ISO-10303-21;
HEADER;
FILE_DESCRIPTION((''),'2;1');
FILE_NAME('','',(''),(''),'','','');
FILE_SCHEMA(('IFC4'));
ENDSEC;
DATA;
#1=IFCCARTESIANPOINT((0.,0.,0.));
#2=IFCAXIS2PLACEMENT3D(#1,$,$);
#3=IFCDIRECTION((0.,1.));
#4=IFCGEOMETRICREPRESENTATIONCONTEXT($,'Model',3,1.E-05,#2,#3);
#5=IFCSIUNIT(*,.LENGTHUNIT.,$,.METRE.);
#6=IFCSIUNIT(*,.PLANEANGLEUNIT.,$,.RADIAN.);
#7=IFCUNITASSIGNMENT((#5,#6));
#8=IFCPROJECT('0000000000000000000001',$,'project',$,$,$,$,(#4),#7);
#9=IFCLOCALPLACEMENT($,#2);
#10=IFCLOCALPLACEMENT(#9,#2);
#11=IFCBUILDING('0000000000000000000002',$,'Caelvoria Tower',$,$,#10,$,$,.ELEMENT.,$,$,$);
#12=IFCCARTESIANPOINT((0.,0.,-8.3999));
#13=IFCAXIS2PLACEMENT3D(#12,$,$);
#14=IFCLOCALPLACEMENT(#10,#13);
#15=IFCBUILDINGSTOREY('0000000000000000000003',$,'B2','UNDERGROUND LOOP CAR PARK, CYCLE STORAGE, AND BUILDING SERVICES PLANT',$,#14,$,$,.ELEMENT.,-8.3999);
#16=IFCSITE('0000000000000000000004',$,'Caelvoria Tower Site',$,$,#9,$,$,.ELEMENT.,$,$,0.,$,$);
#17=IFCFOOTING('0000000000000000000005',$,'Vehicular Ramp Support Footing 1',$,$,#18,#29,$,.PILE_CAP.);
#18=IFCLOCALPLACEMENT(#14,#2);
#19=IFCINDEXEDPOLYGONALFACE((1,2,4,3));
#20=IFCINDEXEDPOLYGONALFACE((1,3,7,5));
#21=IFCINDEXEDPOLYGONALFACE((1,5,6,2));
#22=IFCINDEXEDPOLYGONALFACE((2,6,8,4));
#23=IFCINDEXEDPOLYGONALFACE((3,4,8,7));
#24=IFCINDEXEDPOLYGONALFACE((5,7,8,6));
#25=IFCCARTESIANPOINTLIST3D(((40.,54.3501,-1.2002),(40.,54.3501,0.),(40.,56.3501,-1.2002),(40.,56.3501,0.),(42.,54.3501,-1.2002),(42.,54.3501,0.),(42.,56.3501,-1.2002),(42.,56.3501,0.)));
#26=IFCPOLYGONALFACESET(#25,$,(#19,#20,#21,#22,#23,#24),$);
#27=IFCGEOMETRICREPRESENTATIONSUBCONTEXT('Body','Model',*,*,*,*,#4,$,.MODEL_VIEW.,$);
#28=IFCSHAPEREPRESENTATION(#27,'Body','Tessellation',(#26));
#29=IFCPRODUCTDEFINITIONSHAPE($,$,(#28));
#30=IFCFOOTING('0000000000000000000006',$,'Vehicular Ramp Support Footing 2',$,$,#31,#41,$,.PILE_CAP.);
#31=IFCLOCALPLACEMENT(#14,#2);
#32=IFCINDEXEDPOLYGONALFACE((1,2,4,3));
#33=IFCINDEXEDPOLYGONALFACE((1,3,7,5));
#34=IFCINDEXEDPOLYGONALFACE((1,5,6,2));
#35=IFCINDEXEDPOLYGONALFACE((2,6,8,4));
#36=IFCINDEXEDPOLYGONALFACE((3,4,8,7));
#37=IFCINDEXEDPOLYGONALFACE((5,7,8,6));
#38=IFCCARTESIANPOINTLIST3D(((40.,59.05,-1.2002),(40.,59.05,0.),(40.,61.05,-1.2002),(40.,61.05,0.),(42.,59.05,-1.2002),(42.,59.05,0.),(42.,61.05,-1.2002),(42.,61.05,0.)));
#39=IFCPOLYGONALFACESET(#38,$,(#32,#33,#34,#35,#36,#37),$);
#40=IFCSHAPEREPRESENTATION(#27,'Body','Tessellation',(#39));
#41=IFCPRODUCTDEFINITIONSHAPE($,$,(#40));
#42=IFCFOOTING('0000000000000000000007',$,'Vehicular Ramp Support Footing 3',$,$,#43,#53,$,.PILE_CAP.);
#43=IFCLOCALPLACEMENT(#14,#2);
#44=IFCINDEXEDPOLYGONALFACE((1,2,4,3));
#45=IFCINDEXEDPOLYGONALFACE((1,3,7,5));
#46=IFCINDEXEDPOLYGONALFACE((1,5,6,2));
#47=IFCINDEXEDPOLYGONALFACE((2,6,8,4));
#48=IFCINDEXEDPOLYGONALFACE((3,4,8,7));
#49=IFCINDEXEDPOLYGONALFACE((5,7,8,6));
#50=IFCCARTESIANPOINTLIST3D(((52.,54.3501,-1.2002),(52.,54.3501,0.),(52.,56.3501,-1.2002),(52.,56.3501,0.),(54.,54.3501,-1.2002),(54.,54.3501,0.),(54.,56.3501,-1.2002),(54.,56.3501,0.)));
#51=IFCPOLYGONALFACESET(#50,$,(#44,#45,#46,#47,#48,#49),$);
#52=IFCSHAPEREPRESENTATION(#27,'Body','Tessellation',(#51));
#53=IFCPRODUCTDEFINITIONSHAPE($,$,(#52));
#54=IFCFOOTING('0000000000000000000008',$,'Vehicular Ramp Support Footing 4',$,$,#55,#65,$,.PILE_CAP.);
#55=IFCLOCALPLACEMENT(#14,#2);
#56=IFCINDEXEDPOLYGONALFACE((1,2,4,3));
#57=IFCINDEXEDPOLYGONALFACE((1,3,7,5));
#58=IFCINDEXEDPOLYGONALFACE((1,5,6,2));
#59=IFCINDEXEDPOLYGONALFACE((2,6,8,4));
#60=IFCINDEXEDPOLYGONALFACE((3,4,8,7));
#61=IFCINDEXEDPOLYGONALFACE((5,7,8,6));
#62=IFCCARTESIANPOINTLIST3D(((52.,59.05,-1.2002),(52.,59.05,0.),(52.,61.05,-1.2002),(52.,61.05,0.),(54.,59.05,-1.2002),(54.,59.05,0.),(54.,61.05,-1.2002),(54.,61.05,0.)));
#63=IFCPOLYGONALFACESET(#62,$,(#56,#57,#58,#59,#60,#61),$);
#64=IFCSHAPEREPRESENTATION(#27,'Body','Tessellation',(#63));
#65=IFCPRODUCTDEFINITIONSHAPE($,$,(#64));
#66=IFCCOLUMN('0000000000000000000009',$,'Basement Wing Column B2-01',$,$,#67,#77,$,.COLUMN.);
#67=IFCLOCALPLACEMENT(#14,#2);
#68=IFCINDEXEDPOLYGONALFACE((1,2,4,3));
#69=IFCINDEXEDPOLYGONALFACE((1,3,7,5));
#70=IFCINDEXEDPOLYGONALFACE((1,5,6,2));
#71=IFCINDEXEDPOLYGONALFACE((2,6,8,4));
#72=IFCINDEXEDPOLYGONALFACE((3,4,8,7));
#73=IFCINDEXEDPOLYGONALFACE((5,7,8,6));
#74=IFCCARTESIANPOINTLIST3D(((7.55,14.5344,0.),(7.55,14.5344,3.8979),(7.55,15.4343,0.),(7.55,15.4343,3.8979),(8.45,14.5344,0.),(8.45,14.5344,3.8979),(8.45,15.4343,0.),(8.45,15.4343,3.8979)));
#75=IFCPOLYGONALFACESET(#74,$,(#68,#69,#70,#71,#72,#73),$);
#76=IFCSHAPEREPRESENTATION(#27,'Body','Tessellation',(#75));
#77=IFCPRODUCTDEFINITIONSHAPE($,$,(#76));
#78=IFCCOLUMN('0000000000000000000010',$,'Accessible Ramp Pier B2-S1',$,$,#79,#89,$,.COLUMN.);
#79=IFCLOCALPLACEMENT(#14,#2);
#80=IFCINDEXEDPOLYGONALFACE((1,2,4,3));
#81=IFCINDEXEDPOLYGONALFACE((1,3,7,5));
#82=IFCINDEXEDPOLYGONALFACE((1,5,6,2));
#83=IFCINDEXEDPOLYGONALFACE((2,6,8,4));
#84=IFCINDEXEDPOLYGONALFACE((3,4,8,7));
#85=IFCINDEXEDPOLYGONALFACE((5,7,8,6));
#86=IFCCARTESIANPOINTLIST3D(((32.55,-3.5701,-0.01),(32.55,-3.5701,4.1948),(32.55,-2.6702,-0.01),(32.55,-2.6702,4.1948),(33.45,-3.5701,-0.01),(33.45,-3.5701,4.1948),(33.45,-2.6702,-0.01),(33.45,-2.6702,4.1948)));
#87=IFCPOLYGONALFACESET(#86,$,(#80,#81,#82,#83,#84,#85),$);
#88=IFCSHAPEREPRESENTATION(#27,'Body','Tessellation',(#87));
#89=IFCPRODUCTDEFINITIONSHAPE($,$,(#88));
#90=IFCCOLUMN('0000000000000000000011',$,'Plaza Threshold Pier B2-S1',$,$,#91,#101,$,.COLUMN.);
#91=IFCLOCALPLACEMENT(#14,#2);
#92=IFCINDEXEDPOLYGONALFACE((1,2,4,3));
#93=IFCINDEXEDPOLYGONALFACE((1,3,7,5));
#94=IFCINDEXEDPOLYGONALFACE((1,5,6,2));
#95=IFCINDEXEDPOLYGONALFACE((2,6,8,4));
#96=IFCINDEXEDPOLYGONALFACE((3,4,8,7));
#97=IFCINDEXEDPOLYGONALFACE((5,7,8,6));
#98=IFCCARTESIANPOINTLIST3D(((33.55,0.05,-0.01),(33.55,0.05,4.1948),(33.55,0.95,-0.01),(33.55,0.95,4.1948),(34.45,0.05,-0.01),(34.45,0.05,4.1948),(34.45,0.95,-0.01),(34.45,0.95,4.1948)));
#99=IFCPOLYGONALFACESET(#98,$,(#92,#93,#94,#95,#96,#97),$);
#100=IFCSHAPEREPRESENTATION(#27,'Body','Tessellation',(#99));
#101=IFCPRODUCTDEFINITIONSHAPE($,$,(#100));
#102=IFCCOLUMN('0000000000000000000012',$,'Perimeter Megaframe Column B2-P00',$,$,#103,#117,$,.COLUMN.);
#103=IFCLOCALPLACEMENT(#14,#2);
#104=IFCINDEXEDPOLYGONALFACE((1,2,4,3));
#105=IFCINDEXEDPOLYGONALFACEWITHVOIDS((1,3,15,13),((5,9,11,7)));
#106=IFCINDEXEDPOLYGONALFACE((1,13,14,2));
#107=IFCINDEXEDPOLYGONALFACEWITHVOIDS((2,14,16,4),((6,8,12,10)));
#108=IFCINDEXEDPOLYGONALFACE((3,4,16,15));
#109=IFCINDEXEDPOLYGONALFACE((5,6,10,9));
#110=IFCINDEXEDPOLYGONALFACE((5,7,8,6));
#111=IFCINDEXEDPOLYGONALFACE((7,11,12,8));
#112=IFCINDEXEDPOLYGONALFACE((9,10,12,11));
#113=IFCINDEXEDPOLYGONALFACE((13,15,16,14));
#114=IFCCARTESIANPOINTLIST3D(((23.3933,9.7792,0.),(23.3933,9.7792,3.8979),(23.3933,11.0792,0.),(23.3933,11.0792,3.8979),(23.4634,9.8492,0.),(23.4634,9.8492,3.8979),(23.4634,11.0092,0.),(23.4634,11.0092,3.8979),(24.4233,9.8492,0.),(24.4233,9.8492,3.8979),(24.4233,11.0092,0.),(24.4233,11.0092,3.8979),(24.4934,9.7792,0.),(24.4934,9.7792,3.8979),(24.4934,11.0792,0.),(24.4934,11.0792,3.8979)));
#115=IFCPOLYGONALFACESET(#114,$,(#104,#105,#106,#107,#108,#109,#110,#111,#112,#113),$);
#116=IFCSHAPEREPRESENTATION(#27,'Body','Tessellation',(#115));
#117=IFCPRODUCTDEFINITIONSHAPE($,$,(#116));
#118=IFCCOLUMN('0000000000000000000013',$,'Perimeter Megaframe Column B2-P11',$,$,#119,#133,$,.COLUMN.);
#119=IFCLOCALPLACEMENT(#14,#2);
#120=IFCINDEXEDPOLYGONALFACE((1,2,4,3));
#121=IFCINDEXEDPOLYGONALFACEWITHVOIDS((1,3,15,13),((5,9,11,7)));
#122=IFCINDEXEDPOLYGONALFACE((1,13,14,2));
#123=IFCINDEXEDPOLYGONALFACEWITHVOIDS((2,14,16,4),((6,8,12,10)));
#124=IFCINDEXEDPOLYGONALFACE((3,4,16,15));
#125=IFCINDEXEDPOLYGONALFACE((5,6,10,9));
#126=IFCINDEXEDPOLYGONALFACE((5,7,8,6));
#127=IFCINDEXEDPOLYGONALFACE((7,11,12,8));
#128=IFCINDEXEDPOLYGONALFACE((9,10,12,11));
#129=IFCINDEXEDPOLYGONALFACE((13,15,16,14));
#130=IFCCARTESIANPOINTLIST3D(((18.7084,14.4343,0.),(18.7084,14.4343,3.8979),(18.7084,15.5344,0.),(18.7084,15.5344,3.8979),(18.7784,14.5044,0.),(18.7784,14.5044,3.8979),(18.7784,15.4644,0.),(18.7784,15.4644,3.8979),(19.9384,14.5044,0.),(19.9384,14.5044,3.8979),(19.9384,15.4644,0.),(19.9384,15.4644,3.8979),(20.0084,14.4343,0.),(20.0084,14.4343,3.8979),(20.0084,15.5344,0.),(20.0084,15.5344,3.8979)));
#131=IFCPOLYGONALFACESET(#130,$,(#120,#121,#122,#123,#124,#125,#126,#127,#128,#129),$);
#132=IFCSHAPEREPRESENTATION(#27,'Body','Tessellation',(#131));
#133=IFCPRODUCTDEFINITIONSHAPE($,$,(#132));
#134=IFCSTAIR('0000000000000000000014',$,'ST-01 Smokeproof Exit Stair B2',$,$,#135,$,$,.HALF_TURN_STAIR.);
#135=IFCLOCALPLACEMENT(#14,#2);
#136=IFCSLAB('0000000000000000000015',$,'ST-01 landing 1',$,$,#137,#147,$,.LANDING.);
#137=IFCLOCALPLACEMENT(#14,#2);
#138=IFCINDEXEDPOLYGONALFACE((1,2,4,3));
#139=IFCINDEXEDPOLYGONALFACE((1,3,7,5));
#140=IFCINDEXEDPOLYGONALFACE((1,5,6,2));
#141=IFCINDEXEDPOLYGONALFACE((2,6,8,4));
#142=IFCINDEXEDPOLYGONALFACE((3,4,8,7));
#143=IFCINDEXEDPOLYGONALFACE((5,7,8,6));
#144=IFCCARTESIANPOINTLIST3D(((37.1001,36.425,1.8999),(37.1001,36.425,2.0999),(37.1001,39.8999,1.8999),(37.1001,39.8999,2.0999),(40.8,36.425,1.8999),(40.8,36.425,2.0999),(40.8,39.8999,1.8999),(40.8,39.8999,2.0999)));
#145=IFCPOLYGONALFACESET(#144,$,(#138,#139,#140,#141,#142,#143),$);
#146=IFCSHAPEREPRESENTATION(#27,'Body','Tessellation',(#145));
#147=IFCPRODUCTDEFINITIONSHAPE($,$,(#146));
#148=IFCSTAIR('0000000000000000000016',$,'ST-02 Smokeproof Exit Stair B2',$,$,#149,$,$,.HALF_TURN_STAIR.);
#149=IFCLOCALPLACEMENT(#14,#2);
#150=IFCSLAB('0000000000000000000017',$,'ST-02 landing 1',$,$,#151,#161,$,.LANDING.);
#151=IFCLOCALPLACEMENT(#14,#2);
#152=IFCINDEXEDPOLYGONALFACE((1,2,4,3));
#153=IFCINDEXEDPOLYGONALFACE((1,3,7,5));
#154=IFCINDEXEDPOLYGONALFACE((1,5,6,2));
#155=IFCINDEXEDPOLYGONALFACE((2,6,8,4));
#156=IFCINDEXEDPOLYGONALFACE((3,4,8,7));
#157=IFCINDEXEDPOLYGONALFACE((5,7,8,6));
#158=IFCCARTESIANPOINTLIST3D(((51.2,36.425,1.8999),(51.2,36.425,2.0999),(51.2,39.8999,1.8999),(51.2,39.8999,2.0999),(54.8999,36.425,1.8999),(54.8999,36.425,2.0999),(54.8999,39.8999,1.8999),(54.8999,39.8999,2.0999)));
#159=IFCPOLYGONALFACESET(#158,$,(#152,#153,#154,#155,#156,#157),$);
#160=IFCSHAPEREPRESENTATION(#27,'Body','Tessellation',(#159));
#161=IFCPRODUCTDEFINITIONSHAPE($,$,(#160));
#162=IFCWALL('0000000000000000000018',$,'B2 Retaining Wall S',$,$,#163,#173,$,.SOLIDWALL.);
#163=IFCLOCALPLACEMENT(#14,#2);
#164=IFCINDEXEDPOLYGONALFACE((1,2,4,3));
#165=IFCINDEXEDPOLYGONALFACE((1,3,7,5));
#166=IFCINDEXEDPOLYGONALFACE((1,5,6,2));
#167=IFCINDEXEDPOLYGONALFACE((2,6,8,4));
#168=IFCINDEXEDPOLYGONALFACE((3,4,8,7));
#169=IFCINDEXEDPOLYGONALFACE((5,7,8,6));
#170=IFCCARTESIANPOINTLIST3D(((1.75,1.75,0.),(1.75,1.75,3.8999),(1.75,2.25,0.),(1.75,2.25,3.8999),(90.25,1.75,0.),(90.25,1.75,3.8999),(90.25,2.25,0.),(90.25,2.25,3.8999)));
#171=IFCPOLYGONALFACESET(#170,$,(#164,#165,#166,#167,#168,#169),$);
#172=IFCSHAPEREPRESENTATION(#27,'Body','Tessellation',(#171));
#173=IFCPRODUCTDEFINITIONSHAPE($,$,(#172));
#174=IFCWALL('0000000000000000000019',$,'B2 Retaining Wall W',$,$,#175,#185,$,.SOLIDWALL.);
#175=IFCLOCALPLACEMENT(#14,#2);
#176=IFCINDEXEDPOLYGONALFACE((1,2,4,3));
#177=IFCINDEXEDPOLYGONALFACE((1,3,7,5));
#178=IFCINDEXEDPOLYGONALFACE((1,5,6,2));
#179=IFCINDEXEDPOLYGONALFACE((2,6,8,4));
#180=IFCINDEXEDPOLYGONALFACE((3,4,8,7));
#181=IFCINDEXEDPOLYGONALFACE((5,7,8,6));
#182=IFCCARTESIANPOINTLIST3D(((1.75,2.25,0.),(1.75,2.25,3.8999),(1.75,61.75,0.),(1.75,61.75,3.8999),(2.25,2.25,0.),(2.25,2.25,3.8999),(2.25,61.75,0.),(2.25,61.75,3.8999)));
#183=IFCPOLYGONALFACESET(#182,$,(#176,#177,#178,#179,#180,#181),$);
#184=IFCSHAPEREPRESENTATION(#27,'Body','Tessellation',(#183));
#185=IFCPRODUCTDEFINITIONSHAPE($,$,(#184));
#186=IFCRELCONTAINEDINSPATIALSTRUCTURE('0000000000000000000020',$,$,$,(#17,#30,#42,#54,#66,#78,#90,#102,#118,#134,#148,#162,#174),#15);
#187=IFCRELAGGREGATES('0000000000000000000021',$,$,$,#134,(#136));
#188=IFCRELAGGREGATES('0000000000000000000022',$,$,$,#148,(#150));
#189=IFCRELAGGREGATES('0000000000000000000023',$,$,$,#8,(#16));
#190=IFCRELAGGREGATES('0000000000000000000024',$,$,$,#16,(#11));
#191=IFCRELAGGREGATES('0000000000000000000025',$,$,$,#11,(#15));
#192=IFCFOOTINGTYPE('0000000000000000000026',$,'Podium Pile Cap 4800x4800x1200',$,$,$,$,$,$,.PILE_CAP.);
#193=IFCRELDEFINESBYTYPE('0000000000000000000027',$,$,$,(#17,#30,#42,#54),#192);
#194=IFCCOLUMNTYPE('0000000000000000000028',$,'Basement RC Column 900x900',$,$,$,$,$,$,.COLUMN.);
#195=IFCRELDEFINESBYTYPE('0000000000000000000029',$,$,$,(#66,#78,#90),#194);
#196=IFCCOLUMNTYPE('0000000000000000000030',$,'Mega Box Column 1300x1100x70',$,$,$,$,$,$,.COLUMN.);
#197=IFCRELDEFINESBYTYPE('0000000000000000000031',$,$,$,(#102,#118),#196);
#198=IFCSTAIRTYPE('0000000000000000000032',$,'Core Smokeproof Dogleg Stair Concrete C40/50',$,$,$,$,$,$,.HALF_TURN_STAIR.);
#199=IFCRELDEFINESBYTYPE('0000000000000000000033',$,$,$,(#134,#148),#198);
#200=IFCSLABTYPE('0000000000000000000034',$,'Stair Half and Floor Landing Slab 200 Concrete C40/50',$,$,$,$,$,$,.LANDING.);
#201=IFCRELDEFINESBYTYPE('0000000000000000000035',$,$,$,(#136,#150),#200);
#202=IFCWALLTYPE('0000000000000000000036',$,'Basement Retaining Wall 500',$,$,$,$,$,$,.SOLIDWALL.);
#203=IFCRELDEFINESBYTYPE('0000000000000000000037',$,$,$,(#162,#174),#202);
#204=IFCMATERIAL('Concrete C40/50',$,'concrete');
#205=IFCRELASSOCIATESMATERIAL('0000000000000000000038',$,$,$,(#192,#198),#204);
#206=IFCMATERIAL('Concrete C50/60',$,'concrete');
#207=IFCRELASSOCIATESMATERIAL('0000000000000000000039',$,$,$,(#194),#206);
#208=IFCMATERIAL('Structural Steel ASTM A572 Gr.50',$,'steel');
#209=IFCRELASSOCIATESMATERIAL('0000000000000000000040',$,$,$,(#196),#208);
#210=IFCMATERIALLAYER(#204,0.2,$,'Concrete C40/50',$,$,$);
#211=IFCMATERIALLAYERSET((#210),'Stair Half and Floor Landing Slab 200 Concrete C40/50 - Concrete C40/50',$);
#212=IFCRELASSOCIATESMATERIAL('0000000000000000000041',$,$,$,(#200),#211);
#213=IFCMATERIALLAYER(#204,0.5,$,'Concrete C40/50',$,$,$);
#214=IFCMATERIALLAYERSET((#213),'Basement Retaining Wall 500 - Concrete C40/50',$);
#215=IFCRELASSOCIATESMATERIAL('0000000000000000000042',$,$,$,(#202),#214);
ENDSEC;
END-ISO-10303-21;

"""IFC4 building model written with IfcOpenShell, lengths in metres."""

from ifc_helpers import new_model, si_unit, direction, frame, frame_2d, origin, origin_2d, place, context, subcontext, project, spatial, polyline, rectangle, hollow_rectangle, outline, extrude, material, layer, layer_set, material_profile, profile_set, type_object, element, aggregate, save


model = new_model("IFC4")

# Units and contexts
model_context = context("Model", 3, precision=1e-05, world=origin(), true_north=direction((0.0, 1.0)))
body_context = subcontext(model_context, "Body", "Model", "MODEL_VIEW")
ifc_project = project(units=[si_unit("LENGTHUNIT", "METRE"), si_unit("PLANEANGLEUNIT", "RADIAN")], contexts=[model_context])

# Site, building, storey
site_placement = place(None, origin())
site = spatial("IfcSite", under=ifc_project, at=site_placement, Name="Caelvoria Tower Site", CompositionType="ELEMENT", RefElevation=0.0)
building_placement = place(site_placement, origin())
building = spatial("IfcBuilding", under=site, at=building_placement, Name="Caelvoria Tower", CompositionType="ELEMENT")
storey_placement = place(building_placement, frame((0.0, 0.0, -8.3999)))
storey = spatial("IfcBuildingStorey", under=building, at=storey_placement, Name="B2", Description="UNDERGROUND LOOP CAR PARK, CYCLE STORAGE, AND BUILDING SERVICES PLANT", CompositionType="ELEMENT", Elevation=-8.3999)

# Shared definitions
ifc_material_1 = material(Name="Concrete C40/50", Category="concrete")

# Footings
footing_type_1 = type_object("IfcFootingType", Name="Podium Pile Cap 4800x4800x1200", PredefinedType="PILE_CAP", material=ifc_material_1)
footing_1_placement = place(storey_placement, frame((0.0, 0.0, -1.2002)))
element("IfcFooting", 1, at=footing_1_placement, inside=storey, type_object=footing_type_1, Name="Vehicular Ramp Support Footing 1", PredefinedType="PILE_CAP", context=body_context, shape_type="SweptSolid", body=[
    extrude(outline(polyline([(40.0, 54.3501), (42.0, 54.3501), (42.0, 56.3501), (40.0, 56.3501), (40.0, 54.3501)])), origin(), (0.0, 0.0, 1.0), 1.2002),
])
footing_2_placement = place(storey_placement, frame((0.0, 0.0, -1.2002)))
element("IfcFooting", 2, at=footing_2_placement, inside=storey, type_object=footing_type_1, Name="Vehicular Ramp Support Footing 2", PredefinedType="PILE_CAP", context=body_context, shape_type="SweptSolid", body=[
    extrude(outline(polyline([(40.0, 59.05), (42.0, 59.05), (42.0, 61.05), (40.0, 61.05), (40.0, 59.05)])), origin(), (0.0, 0.0, 1.0), 1.2002),
])
footing_3_placement = place(storey_placement, frame((0.0, 0.0, -1.2002)))
element("IfcFooting", 3, at=footing_3_placement, inside=storey, type_object=footing_type_1, Name="Vehicular Ramp Support Footing 3", PredefinedType="PILE_CAP", context=body_context, shape_type="SweptSolid", body=[
    extrude(outline(polyline([(52.0, 54.3501), (54.0, 54.3501), (54.0, 56.3501), (52.0, 56.3501), (52.0, 54.3501)])), origin(), (0.0, 0.0, 1.0), 1.2002),
])
footing_4_placement = place(storey_placement, frame((0.0, 0.0, -1.2002)))
element("IfcFooting", 4, at=footing_4_placement, inside=storey, type_object=footing_type_1, Name="Vehicular Ramp Support Footing 4", PredefinedType="PILE_CAP", context=body_context, shape_type="SweptSolid", body=[
    extrude(outline(polyline([(52.0, 59.05), (54.0, 59.05), (54.0, 61.05), (52.0, 61.05), (52.0, 59.05)])), origin(), (0.0, 0.0, 1.0), 1.2002),
])

# Columns
ifc_material_2 = material(Name="Concrete C50/60", Category="concrete")
ifc_material_profile_1 = material_profile(ifc_material_2, rectangle(XDim=0.8999, YDim=0.8999, at=origin_2d()), Name="Concrete C50/60")
ifc_profile_set_1 = profile_set([ifc_material_profile_1], Name="RC_COL_900X900 - Concrete C50/60")
column_type_1 = type_object("IfcColumnType", Name="Basement RC Column 900x900", PredefinedType="COLUMN", material=ifc_profile_set_1)
column_placement = place(storey_placement, frame((8.0, 14.9844, 0.0), z_axis=(0.0, 0.0, 1.0), x_axis=(1.0, 0.0, 0.0)))
element("IfcColumn", 5, at=column_placement, inside=storey, type_object=column_type_1, Name="Basement Wing Column B2-01", PredefinedType="COLUMN", context=body_context, shape_type="SweptSolid", body=[
    extrude(rectangle(XDim=0.8999, YDim=0.8999, at=origin_2d()), origin(), (0.0, 0.0, 1.0), 3.8979),
])
for number, where, z_axis, x_axis, name in (
    (6, (33.0, -3.1201, -0.01), (0.0, 0.0, 1.0), (1.0, 0.0, 0.0), "Accessible Ramp Pier B2-S1"),
    (7, (34.0, 0.5, -0.01), (0.0, 0.0, 1.0), (1.0, 0.0, 0.0), "Plaza Threshold Pier B2-S1"),
):
    element("IfcColumn", number, at=place(storey_placement, frame(where, z_axis=z_axis, x_axis=x_axis)), inside=storey, type_object=column_type_1, Name=name, PredefinedType="COLUMN", context=body_context, shape_type="SweptSolid", body=[
        extrude(rectangle(XDim=0.8999, YDim=0.8999, at=origin_2d()), origin(), (0.0, 0.0, 1.0), 4.2048),
    ])
ifc_material_3 = material(Name="Structural Steel ASTM A572 Gr.50", Category="steel")
ifc_material_profile_2 = material_profile(ifc_material_3, hollow_rectangle(XDim=1.1001, YDim=1.3, WallThickness=0.0701, at=origin_2d()), Name="Structural Steel ASTM A572 Gr.50")
ifc_profile_set_2 = profile_set([ifc_material_profile_2], Name="BOX1300X1100X70 - Structural Steel ASTM A572 Gr.50")
column_type_2 = type_object("IfcColumnType", Name="Mega Box Column 1300x1100x70", PredefinedType="COLUMN", material=ifc_profile_set_2)
for number, where, z_axis, x_axis, name in (
    (8, (23.9434, 10.4292, 0.0), (0.0, 0.0, 1.0), (1.0, 0.0, 0.0), "Perimeter Megaframe Column B2-P00"),
    (9, (19.3584, 14.9844, 0.0), (0.0, 0.0, 1.0), (0.0, 1.0, 0.0), "Perimeter Megaframe Column B2-P11"),
):
    element("IfcColumn", number, at=place(storey_placement, frame(where, z_axis=z_axis, x_axis=x_axis)), inside=storey, type_object=column_type_2, Name=name, PredefinedType="COLUMN", context=body_context, shape_type="SweptSolid", body=[
        extrude(hollow_rectangle(XDim=1.1001, YDim=1.3, WallThickness=0.0701, at=origin_2d()), origin(), (0.0, 0.0, 1.0), 3.8979),
    ])

# Stairs, slabs
stair_type = type_object("IfcStairType", Name="Core Smokeproof Dogleg Stair Concrete C40/50", PredefinedType="HALF_TURN_STAIR", material=ifc_material_1)
stair_1_placement = place(storey_placement, origin())
stair_1 = element("IfcStair", 10, at=stair_1_placement, inside=storey, type_object=stair_type, Name="ST-01 Smokeproof Exit Stair B2", PredefinedType="HALF_TURN_STAIR")
ifc_layer_1 = layer(ifc_material_1, 0.2, Name="Concrete C40/50")
ifc_layer_set_1 = layer_set([ifc_layer_1], Name="Stair Half and Floor Landing Slab 200 Concrete C40/50 - Concrete C40/50")
slab_type = type_object("IfcSlabType", Name="Stair Half and Floor Landing Slab 200 Concrete C40/50", PredefinedType="LANDING", material=ifc_layer_set_1)
slab_1_placement = place(storey_placement, frame((0.0, 0.0, 1.8999)))
slab_1 = element("IfcSlab", 11, at=slab_1_placement, type_object=slab_type, Name="ST-01 landing 1", PredefinedType="LANDING", context=body_context, shape_type="SweptSolid", body=[
    extrude(outline(polyline([(37.1001, 36.425), (40.8, 36.425), (40.8, 39.8999), (37.1001, 39.8999), (37.1001, 36.425)])), origin(), (0.0, 0.0, 1.0), 0.2),
])
aggregate(stair_1, [slab_1])
stair_2_placement = place(storey_placement, origin())
stair_2 = element("IfcStair", 12, at=stair_2_placement, inside=storey, type_object=stair_type, Name="ST-02 Smokeproof Exit Stair B2", PredefinedType="HALF_TURN_STAIR")
slab_2_placement = place(storey_placement, frame((0.0, 0.0, 1.8999)))
slab_2 = element("IfcSlab", 13, at=slab_2_placement, type_object=slab_type, Name="ST-02 landing 1", PredefinedType="LANDING", context=body_context, shape_type="SweptSolid", body=[
    extrude(outline(polyline([(51.2, 36.425), (54.8999, 36.425), (54.8999, 39.8999), (51.2, 39.8999), (51.2, 36.425)])), origin(), (0.0, 0.0, 1.0), 0.2),
])
aggregate(stair_2, [slab_2])

# Walls
ifc_layer_2 = layer(ifc_material_1, 0.5, Name="Concrete C40/50")
ifc_layer_set_2 = layer_set([ifc_layer_2], Name="Basement Retaining Wall 500 - Concrete C40/50")
wall_type_1 = type_object("IfcWallType", Name="Basement Retaining Wall 500", PredefinedType="SOLIDWALL", material=ifc_layer_set_2)
wall_1_placement = place(storey_placement, frame((1.75, 2.0, 0.0), z_axis=(0.0, 0.0, 1.0), x_axis=(1.0, 0.0, 0.0)))
element("IfcWall", 14, at=wall_1_placement, inside=storey, type_object=wall_type_1, Name="B2 Retaining Wall S", PredefinedType="SOLIDWALL", context=body_context, shape_type="SweptSolid", body=[
    extrude(rectangle(XDim=88.5, YDim=0.5, at=frame_2d((44.25, 0.0))), origin(), (0.0, 0.0, 1.0), 3.8999),
])
wall_2_placement = place(storey_placement, frame((2.0, 2.25, 0.0), z_axis=(0.0, 0.0, 1.0), x_axis=(0.0, 1.0, 0.0)))
element("IfcWall", 15, at=wall_2_placement, inside=storey, type_object=wall_type_1, Name="B2 Retaining Wall W", PredefinedType="SOLIDWALL", context=body_context, shape_type="SweptSolid", body=[
    extrude(rectangle(XDim=59.5, YDim=0.5, at=frame_2d((29.75, 0.0))), origin(), (0.0, 0.0, 1.0), 3.8999),
])

save(model, "model.ifc")
